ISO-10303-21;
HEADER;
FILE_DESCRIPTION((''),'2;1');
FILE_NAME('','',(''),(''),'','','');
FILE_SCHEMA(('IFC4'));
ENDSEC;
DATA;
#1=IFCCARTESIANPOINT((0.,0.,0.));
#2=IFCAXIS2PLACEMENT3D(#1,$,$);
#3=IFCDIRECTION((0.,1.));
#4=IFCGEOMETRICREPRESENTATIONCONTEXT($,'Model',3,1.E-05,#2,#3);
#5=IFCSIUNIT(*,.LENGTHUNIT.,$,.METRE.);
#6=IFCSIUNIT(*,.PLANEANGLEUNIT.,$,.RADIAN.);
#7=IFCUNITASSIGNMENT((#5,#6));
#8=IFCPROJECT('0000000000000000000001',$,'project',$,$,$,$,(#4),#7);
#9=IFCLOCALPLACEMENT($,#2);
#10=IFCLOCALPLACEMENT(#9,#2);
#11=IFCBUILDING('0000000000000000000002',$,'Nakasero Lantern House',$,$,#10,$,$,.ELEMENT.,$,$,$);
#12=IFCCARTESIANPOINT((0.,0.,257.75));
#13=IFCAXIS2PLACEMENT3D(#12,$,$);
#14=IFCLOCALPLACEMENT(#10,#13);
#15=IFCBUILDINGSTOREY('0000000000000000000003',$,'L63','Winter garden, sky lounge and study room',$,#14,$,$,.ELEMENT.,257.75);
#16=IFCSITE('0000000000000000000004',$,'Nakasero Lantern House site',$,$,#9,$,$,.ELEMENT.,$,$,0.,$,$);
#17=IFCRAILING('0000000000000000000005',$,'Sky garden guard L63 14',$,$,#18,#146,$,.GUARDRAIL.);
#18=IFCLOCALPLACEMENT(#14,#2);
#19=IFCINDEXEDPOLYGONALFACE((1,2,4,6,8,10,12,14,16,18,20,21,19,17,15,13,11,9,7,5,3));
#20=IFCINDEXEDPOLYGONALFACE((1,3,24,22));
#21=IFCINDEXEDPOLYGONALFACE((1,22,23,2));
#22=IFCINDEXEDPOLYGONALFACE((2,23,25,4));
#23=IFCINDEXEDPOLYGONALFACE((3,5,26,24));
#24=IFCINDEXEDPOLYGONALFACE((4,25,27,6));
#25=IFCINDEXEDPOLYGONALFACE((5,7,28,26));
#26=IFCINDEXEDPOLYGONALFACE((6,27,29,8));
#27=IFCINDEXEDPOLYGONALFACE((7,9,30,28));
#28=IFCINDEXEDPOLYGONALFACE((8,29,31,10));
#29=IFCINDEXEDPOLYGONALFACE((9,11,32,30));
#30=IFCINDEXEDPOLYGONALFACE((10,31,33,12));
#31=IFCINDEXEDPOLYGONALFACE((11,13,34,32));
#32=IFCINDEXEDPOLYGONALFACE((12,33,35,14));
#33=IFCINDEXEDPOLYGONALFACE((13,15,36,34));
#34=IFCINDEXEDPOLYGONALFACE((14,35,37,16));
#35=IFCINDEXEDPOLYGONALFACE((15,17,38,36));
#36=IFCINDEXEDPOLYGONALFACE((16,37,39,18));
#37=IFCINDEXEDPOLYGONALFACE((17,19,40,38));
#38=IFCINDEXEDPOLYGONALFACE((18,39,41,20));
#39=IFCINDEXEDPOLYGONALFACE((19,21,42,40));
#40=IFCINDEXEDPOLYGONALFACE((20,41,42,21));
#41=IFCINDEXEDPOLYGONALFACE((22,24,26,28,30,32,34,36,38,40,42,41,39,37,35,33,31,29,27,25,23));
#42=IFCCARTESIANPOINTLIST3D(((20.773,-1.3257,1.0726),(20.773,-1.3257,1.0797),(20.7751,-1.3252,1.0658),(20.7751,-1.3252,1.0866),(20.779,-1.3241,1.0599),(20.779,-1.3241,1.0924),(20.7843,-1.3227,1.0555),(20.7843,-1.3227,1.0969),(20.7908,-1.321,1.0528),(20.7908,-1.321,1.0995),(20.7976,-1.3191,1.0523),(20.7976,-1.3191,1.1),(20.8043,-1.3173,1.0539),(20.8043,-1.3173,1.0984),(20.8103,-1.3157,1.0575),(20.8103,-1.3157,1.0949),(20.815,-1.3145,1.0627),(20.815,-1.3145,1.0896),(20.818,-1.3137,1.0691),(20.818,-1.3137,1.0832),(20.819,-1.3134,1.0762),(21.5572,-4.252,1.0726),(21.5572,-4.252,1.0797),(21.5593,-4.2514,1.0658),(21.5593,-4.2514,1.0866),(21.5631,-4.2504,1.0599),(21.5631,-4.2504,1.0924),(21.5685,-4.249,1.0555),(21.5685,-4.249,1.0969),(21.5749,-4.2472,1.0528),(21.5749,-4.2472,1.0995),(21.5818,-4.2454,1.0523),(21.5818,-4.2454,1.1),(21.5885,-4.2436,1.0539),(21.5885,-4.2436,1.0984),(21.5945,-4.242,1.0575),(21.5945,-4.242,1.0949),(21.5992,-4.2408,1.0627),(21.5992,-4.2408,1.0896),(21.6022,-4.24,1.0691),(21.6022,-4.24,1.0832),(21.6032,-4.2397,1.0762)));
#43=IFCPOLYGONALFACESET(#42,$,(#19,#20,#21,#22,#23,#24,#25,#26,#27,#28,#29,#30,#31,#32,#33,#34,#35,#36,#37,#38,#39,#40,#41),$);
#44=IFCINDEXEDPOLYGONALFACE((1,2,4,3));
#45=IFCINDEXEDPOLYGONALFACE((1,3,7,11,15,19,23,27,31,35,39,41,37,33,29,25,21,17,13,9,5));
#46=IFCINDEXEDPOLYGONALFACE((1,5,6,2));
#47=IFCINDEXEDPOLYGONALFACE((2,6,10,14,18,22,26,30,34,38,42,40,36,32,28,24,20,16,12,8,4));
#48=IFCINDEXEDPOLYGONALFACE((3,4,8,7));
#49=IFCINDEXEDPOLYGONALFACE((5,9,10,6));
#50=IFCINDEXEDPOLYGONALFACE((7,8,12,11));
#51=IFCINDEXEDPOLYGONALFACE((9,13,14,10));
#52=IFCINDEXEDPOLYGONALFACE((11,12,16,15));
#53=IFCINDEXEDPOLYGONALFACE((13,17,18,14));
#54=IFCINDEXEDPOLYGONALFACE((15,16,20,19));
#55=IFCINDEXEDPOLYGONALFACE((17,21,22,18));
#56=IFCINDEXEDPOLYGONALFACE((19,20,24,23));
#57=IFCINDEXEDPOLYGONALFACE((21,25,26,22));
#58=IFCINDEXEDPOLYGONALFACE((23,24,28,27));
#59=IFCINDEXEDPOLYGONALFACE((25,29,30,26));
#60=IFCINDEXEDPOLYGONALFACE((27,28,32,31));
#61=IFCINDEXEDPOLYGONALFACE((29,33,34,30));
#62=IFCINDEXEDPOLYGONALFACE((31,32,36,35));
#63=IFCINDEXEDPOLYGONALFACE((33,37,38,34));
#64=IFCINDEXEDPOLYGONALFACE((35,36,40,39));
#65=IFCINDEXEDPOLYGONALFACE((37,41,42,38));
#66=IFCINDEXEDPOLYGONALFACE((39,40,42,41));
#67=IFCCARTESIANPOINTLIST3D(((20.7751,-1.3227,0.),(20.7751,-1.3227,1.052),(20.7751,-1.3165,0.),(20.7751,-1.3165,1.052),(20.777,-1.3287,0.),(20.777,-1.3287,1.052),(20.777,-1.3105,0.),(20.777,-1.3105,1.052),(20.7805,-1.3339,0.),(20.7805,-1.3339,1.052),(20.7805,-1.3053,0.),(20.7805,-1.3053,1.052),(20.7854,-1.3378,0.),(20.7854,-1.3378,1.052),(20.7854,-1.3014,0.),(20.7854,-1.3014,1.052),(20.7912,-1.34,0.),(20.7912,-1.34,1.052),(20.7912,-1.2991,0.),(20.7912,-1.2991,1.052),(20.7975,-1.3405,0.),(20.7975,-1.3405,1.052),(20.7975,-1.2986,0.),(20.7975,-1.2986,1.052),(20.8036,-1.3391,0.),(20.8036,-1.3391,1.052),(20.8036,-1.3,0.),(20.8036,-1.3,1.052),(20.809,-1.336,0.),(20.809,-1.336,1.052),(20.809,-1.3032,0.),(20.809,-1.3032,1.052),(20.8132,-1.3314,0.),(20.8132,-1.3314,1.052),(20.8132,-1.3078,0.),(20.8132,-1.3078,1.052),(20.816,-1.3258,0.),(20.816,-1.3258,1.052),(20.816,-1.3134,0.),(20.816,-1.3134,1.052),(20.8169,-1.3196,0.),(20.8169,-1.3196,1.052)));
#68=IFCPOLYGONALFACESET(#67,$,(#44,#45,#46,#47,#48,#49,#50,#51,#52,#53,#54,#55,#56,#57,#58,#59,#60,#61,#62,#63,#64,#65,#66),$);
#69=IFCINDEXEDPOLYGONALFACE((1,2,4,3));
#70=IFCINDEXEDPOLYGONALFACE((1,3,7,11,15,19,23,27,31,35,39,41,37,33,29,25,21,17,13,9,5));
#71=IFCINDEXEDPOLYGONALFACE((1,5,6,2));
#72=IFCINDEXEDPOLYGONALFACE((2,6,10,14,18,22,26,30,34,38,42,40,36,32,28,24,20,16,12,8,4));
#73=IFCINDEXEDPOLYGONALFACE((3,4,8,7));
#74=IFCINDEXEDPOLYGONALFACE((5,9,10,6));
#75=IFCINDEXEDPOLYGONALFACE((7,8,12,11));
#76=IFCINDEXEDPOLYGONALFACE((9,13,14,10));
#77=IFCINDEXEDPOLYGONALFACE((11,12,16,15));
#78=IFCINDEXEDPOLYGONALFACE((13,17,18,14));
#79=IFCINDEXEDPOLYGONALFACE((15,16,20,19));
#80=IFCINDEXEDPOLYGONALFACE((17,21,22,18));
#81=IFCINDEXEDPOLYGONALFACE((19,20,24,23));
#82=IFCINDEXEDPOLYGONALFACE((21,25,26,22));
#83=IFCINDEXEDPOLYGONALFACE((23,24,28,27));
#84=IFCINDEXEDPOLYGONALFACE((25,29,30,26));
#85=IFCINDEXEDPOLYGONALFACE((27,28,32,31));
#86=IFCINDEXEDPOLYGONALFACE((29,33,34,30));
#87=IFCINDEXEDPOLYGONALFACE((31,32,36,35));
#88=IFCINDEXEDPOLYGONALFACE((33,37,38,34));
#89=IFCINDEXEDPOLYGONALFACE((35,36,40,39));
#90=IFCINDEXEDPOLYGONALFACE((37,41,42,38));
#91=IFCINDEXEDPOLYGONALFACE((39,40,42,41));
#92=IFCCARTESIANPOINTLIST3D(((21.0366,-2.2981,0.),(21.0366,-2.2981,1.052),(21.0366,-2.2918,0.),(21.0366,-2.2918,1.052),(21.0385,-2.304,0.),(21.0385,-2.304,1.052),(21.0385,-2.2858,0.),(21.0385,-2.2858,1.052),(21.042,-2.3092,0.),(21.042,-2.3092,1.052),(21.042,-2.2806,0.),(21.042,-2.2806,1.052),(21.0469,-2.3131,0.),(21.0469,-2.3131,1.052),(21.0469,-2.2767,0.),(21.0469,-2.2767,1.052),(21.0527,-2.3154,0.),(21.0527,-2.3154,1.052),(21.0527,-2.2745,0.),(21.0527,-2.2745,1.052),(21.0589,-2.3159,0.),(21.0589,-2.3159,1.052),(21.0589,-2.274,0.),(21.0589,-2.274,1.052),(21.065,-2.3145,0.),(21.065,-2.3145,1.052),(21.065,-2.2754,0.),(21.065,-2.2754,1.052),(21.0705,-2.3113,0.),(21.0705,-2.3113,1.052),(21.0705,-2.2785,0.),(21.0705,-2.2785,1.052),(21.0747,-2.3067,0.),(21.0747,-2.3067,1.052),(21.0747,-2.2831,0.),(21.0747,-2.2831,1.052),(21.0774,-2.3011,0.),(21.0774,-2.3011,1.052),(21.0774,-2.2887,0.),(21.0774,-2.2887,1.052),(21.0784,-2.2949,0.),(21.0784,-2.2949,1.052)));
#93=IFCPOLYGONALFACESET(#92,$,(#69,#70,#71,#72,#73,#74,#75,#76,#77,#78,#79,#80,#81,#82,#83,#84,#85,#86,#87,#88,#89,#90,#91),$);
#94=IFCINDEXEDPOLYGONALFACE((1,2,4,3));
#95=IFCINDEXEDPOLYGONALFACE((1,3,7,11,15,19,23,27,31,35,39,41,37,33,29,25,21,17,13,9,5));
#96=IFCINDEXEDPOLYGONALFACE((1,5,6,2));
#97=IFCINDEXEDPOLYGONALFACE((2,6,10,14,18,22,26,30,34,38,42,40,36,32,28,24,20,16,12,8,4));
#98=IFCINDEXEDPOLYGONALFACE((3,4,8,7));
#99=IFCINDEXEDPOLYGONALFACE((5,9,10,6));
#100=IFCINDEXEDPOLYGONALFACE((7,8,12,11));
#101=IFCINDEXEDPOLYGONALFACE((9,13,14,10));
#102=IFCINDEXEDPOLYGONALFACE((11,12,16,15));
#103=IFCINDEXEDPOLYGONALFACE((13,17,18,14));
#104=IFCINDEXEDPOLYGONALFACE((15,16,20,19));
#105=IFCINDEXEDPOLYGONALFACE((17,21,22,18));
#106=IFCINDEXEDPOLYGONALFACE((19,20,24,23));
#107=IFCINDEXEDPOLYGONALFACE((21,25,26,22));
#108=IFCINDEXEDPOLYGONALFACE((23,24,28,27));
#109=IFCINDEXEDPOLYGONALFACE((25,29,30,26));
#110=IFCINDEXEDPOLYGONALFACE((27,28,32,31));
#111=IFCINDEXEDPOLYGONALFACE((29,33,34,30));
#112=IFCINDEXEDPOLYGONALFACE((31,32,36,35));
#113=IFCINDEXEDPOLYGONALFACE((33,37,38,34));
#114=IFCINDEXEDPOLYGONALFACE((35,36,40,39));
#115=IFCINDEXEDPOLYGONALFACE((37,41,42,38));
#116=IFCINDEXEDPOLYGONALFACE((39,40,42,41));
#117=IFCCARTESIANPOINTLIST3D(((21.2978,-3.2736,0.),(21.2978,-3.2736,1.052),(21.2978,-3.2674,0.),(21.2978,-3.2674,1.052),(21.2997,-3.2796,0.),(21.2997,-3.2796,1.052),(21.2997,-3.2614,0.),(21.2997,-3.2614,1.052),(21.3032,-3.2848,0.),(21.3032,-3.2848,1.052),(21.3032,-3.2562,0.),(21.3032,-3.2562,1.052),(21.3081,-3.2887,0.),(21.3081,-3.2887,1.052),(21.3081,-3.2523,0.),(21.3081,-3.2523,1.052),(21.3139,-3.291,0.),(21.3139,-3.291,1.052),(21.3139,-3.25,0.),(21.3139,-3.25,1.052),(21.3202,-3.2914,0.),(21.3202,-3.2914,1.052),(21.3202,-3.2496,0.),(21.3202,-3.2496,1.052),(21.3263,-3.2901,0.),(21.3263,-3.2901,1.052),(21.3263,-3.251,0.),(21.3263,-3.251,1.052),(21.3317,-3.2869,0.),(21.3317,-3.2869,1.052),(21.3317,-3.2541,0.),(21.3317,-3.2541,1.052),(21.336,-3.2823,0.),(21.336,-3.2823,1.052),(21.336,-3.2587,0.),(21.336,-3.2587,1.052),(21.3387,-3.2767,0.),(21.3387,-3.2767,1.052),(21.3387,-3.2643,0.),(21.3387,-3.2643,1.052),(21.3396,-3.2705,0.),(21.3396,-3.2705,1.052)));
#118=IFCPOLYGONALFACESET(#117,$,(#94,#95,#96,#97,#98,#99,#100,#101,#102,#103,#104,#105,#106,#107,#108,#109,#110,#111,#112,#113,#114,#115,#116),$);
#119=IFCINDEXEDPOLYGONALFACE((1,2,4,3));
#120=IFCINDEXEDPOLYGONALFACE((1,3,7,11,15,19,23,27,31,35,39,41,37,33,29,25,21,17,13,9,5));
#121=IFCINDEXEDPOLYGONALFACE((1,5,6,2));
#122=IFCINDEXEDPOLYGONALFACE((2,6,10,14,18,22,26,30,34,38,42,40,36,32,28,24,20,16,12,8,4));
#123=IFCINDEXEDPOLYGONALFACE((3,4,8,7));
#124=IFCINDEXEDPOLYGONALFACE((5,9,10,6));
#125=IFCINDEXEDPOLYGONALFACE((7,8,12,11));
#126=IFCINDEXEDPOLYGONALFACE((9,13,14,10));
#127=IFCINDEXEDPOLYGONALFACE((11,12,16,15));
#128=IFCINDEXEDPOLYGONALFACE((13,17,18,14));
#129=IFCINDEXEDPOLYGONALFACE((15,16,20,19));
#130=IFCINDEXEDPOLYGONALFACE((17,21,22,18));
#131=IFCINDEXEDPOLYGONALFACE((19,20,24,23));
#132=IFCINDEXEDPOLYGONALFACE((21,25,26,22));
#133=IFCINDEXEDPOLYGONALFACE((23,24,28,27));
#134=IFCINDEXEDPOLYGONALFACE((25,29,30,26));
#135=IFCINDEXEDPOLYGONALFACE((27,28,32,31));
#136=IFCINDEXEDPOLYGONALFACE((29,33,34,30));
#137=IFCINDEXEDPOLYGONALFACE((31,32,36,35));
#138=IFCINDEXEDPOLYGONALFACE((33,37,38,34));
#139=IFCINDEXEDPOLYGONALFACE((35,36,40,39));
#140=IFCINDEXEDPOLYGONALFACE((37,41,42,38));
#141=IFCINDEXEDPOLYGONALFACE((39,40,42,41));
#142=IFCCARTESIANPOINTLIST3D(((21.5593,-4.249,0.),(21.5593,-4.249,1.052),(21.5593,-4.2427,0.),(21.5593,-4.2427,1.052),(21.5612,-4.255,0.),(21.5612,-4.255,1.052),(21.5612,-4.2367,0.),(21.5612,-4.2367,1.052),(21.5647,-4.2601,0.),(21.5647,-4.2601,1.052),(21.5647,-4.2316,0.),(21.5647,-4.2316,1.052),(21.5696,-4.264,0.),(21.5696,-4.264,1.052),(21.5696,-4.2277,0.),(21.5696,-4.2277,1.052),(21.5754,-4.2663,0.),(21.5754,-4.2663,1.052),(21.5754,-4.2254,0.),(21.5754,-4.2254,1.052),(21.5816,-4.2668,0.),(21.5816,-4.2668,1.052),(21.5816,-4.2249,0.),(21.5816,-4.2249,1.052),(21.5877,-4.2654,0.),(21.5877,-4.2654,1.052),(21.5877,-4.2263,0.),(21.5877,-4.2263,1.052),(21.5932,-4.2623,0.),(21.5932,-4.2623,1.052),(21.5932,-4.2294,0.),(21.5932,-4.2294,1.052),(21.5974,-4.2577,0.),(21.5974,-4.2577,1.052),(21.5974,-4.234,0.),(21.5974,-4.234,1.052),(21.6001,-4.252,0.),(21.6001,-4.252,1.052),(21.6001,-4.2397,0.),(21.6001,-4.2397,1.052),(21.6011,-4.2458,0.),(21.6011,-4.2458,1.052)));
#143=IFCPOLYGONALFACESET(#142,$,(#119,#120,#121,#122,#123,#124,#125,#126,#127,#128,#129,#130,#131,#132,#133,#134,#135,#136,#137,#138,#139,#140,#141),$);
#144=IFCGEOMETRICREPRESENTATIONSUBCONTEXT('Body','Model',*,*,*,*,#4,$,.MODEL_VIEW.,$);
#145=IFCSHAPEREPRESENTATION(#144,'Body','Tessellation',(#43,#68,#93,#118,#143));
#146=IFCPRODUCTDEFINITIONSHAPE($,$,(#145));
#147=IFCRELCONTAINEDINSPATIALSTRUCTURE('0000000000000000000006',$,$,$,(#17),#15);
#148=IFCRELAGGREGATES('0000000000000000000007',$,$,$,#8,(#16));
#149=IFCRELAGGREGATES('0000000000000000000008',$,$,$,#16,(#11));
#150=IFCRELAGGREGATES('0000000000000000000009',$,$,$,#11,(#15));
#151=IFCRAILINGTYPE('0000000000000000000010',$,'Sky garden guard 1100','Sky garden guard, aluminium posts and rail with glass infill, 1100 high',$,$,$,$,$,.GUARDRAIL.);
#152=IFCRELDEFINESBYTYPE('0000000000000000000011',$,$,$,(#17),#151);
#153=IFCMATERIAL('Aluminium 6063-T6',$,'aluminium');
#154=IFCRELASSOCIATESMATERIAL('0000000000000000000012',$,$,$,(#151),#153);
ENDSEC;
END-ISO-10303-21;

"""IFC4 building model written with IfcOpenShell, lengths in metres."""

from ifc_helpers import new_model, si_unit, direction, frame, origin, origin_2d, place, context, subcontext, project, spatial, circle, extrude, material, type_object, element, save


model = new_model("IFC4")

# Units and contexts
model_context = context("Model", 3, precision=1e-05, world=origin(), true_north=direction((0.0, 1.0)))
body_context = subcontext(model_context, "Body", "Model", "MODEL_VIEW")
ifc_project = project(units=[si_unit("LENGTHUNIT", "METRE"), si_unit("PLANEANGLEUNIT", "RADIAN")], contexts=[model_context])

# Site, building, storey
site_placement = place(None, origin())
site = spatial("IfcSite", under=ifc_project, at=site_placement, Name="Nakasero Lantern House site", CompositionType="ELEMENT", RefElevation=0.0)
building_placement = place(site_placement, origin())
building = spatial("IfcBuilding", under=site, at=building_placement, Name="Nakasero Lantern House", CompositionType="ELEMENT")
storey_placement = place(building_placement, frame((0.0, 0.0, 257.75)))
storey = spatial("IfcBuildingStorey", under=building, at=storey_placement, Name="L63", Description="Winter garden, sky lounge and study room", CompositionType="ELEMENT", Elevation=257.75)

# Railing
ifc_material_1 = material(Name="Aluminium 6063-T6", Category="aluminium")
railing_type = type_object("IfcRailingType", Name="Sky garden guard 1100", Description="Sky garden guard, aluminium posts and rail with glass infill, 1100 high", PredefinedType="GUARDRAIL", material=ifc_material_1)
railing_1_placement = place(storey_placement, frame((20.7959, -1.3196, 0.0)))
element("IfcRailing", 1, at=railing_1_placement, inside=storey, type_object=railing_type, Name="Sky garden guard L63 14", PredefinedType="GUARDRAIL", context=body_context, shape_type="SweptSolid", body=[
    extrude(circle(Radius=0.0239, at=origin_2d()), frame((0.0, 0.0, 1.0762), z_axis=(0.258846, -0.965919, 0.0), x_axis=(0.965919, 0.258846, 0.0)), (0.0, 0.0, 1.0), 3.0295),
    extrude(circle(Radius=0.021, at=origin_2d()), origin(), (0.0, 0.0, 1.0), 1.052),
    extrude(circle(Radius=0.021, at=origin_2d()), frame((0.2615, -0.9753, 0.0)), (0.0, 0.0, 1.0), 1.052),
    extrude(circle(Radius=0.021, at=origin_2d()), frame((0.5227, -1.9509, 0.0)), (0.0, 0.0, 1.0), 1.052),
    extrude(circle(Radius=0.021, at=origin_2d()), frame((0.7842, -2.9263, 0.0)), (0.0, 0.0, 1.0), 1.052),
])

save(model, "model.ifc")
